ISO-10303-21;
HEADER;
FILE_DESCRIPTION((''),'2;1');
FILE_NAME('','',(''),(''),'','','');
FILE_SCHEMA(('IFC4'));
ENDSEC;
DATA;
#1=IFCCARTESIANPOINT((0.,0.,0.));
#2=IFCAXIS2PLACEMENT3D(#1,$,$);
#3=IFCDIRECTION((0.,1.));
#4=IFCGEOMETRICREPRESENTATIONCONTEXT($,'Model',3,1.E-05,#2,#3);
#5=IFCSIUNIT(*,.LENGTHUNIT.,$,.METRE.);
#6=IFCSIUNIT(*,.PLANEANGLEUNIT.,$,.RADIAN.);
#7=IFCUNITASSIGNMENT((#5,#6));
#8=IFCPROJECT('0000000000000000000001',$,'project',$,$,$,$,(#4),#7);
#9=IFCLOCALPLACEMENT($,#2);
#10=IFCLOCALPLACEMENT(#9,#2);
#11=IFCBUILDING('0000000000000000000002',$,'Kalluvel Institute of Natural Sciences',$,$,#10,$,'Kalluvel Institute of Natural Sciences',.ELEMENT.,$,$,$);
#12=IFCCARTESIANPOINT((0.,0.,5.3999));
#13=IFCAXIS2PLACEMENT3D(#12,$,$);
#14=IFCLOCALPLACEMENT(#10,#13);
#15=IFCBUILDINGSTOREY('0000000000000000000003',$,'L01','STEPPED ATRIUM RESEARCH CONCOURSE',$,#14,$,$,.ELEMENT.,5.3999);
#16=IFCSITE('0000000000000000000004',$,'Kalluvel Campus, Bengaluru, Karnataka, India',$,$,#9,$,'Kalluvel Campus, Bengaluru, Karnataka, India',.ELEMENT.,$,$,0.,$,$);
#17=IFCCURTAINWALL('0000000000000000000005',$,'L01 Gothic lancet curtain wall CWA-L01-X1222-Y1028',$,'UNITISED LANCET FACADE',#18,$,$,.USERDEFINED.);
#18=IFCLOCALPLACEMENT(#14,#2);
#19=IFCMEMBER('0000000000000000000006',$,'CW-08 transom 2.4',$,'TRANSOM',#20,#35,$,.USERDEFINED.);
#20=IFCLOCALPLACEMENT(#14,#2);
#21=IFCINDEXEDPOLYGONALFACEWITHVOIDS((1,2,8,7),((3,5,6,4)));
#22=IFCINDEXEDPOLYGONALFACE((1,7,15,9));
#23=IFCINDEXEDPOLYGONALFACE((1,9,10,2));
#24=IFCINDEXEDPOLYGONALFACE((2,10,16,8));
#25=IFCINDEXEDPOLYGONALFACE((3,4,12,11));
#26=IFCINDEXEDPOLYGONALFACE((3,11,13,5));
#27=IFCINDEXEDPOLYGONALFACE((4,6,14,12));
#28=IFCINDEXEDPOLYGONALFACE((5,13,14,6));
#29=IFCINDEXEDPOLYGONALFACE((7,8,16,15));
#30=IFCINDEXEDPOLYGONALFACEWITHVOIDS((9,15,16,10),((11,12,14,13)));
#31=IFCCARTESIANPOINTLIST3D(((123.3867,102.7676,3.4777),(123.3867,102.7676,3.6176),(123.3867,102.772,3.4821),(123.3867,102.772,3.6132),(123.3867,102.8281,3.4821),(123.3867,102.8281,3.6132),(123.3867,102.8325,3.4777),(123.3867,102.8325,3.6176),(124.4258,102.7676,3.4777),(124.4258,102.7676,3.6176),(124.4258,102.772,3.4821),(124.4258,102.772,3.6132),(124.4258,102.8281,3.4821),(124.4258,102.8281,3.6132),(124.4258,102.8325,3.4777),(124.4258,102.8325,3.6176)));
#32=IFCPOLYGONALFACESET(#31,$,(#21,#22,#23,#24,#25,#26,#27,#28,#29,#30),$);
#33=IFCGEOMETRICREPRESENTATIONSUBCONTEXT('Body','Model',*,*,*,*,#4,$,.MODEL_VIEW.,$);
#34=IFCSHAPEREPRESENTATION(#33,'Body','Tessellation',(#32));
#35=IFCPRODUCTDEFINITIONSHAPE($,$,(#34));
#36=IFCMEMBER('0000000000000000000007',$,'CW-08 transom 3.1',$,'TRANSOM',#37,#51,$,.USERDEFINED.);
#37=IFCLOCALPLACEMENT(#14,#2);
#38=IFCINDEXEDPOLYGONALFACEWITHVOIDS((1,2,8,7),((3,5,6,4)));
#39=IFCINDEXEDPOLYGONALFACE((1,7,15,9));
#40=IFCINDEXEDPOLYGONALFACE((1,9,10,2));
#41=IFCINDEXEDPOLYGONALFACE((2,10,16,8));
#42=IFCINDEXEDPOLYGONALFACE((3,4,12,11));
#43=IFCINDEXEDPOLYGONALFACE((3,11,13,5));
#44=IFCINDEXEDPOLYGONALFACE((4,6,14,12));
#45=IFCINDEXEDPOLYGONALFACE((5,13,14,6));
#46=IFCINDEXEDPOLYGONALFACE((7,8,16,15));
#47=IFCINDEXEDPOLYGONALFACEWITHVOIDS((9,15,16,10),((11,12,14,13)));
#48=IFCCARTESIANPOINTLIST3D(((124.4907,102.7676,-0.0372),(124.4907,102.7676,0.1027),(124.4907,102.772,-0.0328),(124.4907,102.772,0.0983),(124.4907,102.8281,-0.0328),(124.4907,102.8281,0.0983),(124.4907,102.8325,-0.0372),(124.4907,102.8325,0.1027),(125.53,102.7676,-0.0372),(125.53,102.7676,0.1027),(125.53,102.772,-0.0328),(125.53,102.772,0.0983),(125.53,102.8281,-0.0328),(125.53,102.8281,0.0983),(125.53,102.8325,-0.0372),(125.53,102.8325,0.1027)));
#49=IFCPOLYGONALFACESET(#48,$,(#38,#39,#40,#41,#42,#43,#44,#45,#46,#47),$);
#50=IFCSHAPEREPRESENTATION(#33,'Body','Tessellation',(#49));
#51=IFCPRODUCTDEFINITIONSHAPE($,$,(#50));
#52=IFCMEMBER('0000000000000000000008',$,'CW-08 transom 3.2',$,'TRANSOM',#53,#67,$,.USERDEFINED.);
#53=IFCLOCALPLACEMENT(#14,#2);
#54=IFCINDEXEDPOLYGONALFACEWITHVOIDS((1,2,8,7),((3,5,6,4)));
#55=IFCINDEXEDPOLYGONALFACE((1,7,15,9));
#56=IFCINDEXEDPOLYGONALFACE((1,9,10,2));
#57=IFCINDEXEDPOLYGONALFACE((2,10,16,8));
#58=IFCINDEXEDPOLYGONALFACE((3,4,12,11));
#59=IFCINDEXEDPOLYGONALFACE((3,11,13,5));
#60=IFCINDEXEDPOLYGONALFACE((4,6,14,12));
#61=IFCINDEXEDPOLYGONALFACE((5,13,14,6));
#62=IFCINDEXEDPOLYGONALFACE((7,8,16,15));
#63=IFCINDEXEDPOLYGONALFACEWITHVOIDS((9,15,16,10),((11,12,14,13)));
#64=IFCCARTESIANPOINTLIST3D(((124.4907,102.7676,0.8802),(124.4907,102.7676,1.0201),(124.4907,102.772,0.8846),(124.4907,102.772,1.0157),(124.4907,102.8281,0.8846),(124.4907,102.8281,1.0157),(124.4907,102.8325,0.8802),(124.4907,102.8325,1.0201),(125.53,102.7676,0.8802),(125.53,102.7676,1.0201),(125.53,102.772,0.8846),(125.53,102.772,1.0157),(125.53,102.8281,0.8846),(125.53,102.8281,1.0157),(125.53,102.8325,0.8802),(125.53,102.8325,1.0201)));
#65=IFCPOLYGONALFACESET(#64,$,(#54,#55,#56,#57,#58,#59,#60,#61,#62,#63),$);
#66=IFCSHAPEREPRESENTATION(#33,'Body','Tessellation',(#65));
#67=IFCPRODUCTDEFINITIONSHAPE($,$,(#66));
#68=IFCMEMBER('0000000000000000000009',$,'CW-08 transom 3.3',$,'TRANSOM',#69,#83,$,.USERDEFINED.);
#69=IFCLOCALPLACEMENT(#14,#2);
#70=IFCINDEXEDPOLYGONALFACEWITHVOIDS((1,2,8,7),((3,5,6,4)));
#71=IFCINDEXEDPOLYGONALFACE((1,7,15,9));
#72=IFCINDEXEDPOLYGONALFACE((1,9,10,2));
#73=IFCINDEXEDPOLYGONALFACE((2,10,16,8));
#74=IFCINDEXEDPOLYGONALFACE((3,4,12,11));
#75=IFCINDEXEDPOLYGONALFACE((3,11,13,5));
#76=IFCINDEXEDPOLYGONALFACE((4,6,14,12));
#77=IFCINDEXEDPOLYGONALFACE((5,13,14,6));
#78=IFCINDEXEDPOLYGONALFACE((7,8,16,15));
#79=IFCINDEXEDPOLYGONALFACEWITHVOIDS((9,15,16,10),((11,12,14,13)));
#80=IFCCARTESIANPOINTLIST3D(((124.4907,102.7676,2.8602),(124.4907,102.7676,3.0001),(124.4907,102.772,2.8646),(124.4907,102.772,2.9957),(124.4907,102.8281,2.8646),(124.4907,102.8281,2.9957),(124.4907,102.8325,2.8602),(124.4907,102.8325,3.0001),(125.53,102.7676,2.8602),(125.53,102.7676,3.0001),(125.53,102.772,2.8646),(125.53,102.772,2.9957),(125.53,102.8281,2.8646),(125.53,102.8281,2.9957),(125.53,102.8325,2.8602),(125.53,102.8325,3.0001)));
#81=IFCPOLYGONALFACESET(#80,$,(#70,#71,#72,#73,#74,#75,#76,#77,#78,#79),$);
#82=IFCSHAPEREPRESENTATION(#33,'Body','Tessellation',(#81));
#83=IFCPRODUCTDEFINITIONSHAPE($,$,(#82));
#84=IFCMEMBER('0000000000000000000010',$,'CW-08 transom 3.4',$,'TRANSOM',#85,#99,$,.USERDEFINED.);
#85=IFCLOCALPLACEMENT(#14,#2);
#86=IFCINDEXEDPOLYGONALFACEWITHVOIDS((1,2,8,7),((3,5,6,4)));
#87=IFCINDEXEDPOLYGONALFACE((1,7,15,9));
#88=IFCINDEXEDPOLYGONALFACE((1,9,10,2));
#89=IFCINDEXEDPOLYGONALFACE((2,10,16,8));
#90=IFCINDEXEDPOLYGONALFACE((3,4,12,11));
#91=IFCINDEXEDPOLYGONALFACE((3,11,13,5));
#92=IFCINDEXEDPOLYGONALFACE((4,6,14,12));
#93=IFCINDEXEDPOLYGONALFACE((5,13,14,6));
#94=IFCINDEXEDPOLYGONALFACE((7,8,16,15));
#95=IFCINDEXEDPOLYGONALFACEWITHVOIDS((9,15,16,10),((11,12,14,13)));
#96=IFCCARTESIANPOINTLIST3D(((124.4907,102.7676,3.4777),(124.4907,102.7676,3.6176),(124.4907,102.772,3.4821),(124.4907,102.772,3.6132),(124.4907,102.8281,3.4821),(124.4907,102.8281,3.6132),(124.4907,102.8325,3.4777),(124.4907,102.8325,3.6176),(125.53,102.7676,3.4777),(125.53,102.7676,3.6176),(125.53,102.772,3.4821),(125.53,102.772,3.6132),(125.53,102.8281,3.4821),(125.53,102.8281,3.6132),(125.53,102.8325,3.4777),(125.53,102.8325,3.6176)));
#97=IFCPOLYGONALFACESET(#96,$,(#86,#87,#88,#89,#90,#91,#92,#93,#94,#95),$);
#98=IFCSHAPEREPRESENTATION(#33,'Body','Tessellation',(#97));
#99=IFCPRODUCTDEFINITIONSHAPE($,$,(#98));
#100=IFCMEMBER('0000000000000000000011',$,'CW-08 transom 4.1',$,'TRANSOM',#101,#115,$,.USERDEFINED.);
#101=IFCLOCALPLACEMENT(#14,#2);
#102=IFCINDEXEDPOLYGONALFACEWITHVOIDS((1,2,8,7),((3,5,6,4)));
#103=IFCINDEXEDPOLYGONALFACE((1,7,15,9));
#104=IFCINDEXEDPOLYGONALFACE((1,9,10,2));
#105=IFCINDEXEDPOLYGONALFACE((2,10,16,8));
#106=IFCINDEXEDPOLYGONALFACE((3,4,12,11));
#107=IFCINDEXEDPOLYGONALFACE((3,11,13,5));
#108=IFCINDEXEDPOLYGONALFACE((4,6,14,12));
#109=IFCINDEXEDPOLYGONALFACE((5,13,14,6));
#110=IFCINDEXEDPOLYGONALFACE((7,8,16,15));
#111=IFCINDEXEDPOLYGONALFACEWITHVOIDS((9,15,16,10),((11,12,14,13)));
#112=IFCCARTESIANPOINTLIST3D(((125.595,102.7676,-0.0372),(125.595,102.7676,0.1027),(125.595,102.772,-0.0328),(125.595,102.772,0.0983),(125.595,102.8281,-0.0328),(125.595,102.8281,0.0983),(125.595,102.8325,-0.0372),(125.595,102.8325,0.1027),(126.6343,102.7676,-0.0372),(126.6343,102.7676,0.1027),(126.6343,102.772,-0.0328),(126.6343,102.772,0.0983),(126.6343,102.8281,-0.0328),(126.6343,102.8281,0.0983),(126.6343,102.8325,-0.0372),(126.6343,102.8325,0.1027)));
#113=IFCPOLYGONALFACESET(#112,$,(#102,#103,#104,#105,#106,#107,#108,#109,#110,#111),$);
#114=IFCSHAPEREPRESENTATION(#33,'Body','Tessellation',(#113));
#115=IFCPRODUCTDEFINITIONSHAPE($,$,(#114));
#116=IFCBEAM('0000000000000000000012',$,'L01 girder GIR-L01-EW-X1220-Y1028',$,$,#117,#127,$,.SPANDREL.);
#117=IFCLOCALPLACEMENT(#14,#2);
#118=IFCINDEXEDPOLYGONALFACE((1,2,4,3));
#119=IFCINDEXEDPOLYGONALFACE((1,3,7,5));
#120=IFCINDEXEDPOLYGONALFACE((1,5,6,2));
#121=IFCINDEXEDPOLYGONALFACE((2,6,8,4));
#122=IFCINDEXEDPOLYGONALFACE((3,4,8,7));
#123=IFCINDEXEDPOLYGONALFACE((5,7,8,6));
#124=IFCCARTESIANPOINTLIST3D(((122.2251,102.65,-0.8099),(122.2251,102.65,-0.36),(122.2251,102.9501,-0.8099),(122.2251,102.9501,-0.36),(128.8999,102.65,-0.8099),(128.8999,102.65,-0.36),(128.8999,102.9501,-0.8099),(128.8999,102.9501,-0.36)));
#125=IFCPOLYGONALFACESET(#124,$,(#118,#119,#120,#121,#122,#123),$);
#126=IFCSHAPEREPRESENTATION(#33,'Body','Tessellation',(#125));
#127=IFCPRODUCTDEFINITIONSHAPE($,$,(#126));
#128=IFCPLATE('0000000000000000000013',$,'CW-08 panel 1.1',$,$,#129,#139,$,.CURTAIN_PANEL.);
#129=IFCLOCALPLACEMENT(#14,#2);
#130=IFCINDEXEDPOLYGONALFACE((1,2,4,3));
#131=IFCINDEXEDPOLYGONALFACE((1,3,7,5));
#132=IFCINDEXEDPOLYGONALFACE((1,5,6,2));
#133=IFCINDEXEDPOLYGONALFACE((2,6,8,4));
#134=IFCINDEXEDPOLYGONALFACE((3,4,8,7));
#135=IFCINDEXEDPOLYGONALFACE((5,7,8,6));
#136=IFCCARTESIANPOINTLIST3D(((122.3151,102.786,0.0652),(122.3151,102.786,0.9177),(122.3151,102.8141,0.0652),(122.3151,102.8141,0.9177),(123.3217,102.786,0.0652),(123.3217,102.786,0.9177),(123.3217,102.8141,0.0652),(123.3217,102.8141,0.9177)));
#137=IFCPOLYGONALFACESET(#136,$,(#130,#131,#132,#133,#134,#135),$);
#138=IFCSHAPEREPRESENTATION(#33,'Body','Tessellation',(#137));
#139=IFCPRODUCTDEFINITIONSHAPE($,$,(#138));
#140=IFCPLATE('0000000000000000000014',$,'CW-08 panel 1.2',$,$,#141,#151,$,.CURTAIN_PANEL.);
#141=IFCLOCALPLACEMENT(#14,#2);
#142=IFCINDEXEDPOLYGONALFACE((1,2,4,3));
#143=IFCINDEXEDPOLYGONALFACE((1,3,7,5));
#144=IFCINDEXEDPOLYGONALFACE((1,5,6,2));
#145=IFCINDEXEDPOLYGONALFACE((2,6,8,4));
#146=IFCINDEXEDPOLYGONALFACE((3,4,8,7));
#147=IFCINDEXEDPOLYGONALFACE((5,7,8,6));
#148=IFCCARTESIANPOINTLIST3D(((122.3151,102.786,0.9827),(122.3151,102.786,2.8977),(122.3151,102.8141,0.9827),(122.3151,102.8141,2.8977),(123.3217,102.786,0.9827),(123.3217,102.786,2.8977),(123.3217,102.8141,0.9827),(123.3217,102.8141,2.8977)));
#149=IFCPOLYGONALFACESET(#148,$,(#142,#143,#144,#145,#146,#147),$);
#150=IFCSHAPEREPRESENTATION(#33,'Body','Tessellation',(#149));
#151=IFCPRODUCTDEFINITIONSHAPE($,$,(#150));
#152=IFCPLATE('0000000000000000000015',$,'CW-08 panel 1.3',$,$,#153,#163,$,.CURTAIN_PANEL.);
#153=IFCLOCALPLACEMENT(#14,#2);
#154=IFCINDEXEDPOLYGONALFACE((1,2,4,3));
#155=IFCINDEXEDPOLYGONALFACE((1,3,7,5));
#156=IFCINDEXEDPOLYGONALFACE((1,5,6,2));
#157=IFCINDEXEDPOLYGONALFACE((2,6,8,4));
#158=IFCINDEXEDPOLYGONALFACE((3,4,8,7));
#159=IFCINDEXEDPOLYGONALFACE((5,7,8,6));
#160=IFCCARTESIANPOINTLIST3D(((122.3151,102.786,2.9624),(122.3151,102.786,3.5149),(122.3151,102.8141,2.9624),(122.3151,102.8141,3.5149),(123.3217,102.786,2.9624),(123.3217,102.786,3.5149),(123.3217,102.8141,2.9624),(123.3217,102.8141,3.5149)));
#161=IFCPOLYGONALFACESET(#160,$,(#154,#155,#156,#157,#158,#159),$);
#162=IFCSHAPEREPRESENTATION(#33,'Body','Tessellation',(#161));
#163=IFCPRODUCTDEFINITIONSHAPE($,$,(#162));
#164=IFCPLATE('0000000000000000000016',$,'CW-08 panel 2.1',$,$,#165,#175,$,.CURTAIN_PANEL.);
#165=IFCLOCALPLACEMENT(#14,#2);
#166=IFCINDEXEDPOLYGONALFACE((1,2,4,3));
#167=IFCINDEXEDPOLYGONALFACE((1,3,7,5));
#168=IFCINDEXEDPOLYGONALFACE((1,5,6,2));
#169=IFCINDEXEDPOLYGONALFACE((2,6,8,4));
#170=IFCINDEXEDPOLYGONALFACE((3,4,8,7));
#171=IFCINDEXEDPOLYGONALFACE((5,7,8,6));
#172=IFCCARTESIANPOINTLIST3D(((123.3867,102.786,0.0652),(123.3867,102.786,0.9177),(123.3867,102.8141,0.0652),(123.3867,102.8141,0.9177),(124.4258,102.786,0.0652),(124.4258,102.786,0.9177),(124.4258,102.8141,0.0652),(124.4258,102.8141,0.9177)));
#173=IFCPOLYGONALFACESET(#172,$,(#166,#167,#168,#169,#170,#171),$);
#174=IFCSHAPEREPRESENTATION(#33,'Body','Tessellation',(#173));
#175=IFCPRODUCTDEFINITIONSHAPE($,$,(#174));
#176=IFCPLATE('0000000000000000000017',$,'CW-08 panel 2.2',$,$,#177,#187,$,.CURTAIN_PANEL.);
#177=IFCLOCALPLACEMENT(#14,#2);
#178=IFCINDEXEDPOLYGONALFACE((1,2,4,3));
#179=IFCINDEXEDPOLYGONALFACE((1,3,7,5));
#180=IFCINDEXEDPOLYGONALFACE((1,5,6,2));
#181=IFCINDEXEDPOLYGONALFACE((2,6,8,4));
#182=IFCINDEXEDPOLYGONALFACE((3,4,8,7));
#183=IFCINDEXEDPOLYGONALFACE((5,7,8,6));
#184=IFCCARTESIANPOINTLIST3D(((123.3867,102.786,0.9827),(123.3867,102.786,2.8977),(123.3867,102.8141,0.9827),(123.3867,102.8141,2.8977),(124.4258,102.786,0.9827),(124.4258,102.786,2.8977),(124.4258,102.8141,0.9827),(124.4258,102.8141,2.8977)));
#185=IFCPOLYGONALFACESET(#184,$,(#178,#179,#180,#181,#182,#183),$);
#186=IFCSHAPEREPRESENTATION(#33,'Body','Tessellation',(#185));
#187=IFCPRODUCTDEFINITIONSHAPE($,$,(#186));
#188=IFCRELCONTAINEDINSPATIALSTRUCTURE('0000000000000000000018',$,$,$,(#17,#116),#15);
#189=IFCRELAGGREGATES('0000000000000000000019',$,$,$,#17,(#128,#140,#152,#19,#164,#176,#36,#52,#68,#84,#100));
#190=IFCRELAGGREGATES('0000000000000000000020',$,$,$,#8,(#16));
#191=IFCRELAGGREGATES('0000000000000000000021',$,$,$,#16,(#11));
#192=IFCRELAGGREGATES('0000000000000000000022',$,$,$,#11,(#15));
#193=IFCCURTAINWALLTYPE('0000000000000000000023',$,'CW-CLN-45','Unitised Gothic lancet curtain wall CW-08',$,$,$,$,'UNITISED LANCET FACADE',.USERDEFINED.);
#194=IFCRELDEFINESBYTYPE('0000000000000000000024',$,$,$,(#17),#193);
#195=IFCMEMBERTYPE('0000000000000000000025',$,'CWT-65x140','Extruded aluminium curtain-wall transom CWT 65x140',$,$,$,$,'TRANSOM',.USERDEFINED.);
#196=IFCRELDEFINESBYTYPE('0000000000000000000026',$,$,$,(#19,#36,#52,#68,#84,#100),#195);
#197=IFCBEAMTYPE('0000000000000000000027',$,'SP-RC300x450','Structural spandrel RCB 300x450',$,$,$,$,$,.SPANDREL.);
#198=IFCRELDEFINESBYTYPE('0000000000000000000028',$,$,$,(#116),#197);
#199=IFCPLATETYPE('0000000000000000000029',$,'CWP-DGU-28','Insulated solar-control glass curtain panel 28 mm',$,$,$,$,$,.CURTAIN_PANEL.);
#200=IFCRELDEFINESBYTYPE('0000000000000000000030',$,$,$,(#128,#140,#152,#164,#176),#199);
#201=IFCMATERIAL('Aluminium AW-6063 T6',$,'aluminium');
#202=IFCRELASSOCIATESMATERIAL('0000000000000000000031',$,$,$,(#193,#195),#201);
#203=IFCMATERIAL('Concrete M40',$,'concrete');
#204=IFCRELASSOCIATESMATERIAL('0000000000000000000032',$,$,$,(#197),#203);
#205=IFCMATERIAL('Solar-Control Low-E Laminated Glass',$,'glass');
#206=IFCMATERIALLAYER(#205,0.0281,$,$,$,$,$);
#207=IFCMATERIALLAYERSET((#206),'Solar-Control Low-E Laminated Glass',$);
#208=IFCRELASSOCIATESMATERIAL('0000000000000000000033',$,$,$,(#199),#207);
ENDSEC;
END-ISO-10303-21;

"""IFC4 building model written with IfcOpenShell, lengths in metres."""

from ifc_helpers import new_model, si_unit, direction, frame, origin, origin_2d, place, context, subcontext, project, spatial, rectangle, hollow_rectangle, extrude, material, layer, layer_set, material_profile, profile_set, type_object, element, aggregate, save


model = new_model("IFC4")

# Units and contexts
model_context = context("Model", 3, precision=1e-05, world=origin(), true_north=direction((0.0, 1.0)))
body_context = subcontext(model_context, "Body", "Model", "MODEL_VIEW")
ifc_project = project(units=[si_unit("LENGTHUNIT", "METRE"), si_unit("PLANEANGLEUNIT", "RADIAN")], contexts=[model_context])

# Site, building, storey
site_placement = place(None, origin())
site = spatial("IfcSite", under=ifc_project, at=site_placement, Name="Kalluvel Campus, Bengaluru, Karnataka, India", LongName="Kalluvel Campus, Bengaluru, Karnataka, India", CompositionType="ELEMENT", RefElevation=0.0)
building_placement = place(site_placement, origin())
building = spatial("IfcBuilding", under=site, at=building_placement, Name="Kalluvel Institute of Natural Sciences", LongName="Kalluvel Institute of Natural Sciences", CompositionType="ELEMENT")
storey_placement = place(building_placement, frame((0.0, 0.0, 5.3999)))
storey = spatial("IfcBuildingStorey", under=building, at=storey_placement, Name="L01", Description="STEPPED ATRIUM RESEARCH CONCOURSE", CompositionType="ELEMENT", Elevation=5.3999)

# Curtain wall, members
ifc_material_1 = material(Name="Aluminium AW-6063 T6", Category="aluminium")
curtain_wall_type = type_object("IfcCurtainWallType", Name="CW-CLN-45", Description="Unitised Gothic lancet curtain wall CW-08", ElementType="UNITISED LANCET FACADE", PredefinedType="USERDEFINED", material=ifc_material_1)
curtain_wall_placement = place(storey_placement, origin())
curtain_wall = element("IfcCurtainWall", 1, at=curtain_wall_placement, inside=storey, type_object=curtain_wall_type, Name="L01 Gothic lancet curtain wall CWA-L01-X1222-Y1028", ObjectType="UNITISED LANCET FACADE", PredefinedType="USERDEFINED")
ifc_material_profile_1 = material_profile(ifc_material_1, hollow_rectangle(XDim=0.0649, YDim=0.1399, WallThickness=0.0044, at=origin_2d()), Name="CWT 65x140")
ifc_profile_set_1 = profile_set([ifc_material_profile_1], Name="Aluminium AW-6063 T6")
member_type_1 = type_object("IfcMemberType", Name="CWT-65x140", Description="Extruded aluminium curtain-wall transom CWT 65x140", ElementType="TRANSOM", PredefinedType="USERDEFINED", material=ifc_profile_set_1)
member_1_placement = place(storey_placement, frame((123.3867, 102.8, 3.5476), z_axis=(1.0, 0.0, 0.0), x_axis=(0.0, 1.0, 0.0)))
member_1 = element("IfcMember", 2, at=member_1_placement, type_object=member_type_1, Name="CW-08 transom 2.4", ObjectType="TRANSOM", PredefinedType="USERDEFINED", context=body_context, shape_type="SweptSolid", body=[
    extrude(hollow_rectangle(XDim=0.0649, YDim=0.1399, WallThickness=0.0044, at=origin_2d()), origin(), (0.0, 0.0, 1.0), 1.0391),
])
member_2_placement = place(storey_placement, frame((124.4907, 102.8, 0.0327), z_axis=(1.0, 0.0, 0.0), x_axis=(0.0, 1.0, 0.0)))
member_2 = element("IfcMember", 3, at=member_2_placement, type_object=member_type_1, Name="CW-08 transom 3.1", ObjectType="TRANSOM", PredefinedType="USERDEFINED", context=body_context, shape_type="SweptSolid", body=[
    extrude(hollow_rectangle(XDim=0.0649, YDim=0.1399, WallThickness=0.0044, at=origin_2d()), origin(), (0.0, 0.0, 1.0), 1.0393),
])
member_3_placement = place(storey_placement, frame((124.4907, 102.8, 0.9502), z_axis=(1.0, 0.0, 0.0), x_axis=(0.0, 1.0, 0.0)))
member_3 = element("IfcMember", 4, at=member_3_placement, type_object=member_type_1, Name="CW-08 transom 3.2", ObjectType="TRANSOM", PredefinedType="USERDEFINED", context=body_context, shape_type="SweptSolid", body=[
    extrude(hollow_rectangle(XDim=0.0649, YDim=0.1399, WallThickness=0.0044, at=origin_2d()), origin(), (0.0, 0.0, 1.0), 1.0393),
])
member_4_placement = place(storey_placement, frame((124.4907, 102.8, 2.9302), z_axis=(1.0, 0.0, 0.0), x_axis=(0.0, 1.0, 0.0)))
member_4 = element("IfcMember", 5, at=member_4_placement, type_object=member_type_1, Name="CW-08 transom 3.3", ObjectType="TRANSOM", PredefinedType="USERDEFINED", context=body_context, shape_type="SweptSolid", body=[
    extrude(hollow_rectangle(XDim=0.0649, YDim=0.1399, WallThickness=0.0044, at=origin_2d()), origin(), (0.0, 0.0, 1.0), 1.0393),
])
member_5_placement = place(storey_placement, frame((124.4907, 102.8, 3.5476), z_axis=(1.0, 0.0, 0.0), x_axis=(0.0, 1.0, 0.0)))
member_5 = element("IfcMember", 6, at=member_5_placement, type_object=member_type_1, Name="CW-08 transom 3.4", ObjectType="TRANSOM", PredefinedType="USERDEFINED", context=body_context, shape_type="SweptSolid", body=[
    extrude(hollow_rectangle(XDim=0.0649, YDim=0.1399, WallThickness=0.0044, at=origin_2d()), origin(), (0.0, 0.0, 1.0), 1.0393),
])
member_6_placement = place(storey_placement, frame((125.595, 102.8, 0.0327), z_axis=(1.0, 0.0, 0.0), x_axis=(0.0, 1.0, 0.0)))
member_6 = element("IfcMember", 7, at=member_6_placement, type_object=member_type_1, Name="CW-08 transom 4.1", ObjectType="TRANSOM", PredefinedType="USERDEFINED", context=body_context, shape_type="SweptSolid", body=[
    extrude(hollow_rectangle(XDim=0.0649, YDim=0.1399, WallThickness=0.0044, at=origin_2d()), origin(), (0.0, 0.0, 1.0), 1.0393),
])

# Beam
ifc_material_2 = material(Name="Concrete M40", Category="concrete")
ifc_material_profile_2 = material_profile(ifc_material_2, rectangle(XDim=0.3, YDim=0.45, at=origin_2d()), Name="RCB 300x450")
ifc_profile_set_2 = profile_set([ifc_material_profile_2], Name="Concrete M40")
beam_type = type_object("IfcBeamType", Name="SP-RC300x450", Description="Structural spandrel RCB 300x450", PredefinedType="SPANDREL", material=ifc_profile_set_2)
beam_placement = place(storey_placement, frame((122.2251, 102.8, -0.585), z_axis=(1.0, 0.0, 0.0), x_axis=(0.0, 1.0, 0.0)))
element("IfcBeam", 8, at=beam_placement, inside=storey, type_object=beam_type, Name="L01 girder GIR-L01-EW-X1220-Y1028", PredefinedType="SPANDREL", context=body_context, shape_type="SweptSolid", body=[
    extrude(rectangle(XDim=0.3, YDim=0.45, at=origin_2d()), origin(), (0.0, 0.0, 1.0), 6.6748),
])

# Plates
ifc_material_3 = material(Name="Solar-Control Low-E Laminated Glass", Category="glass")
ifc_layer = layer(ifc_material_3, 0.0281)
ifc_layer_set = layer_set([ifc_layer], Name="Solar-Control Low-E Laminated Glass")
plate_type = type_object("IfcPlateType", Name="CWP-DGU-28", Description="Insulated solar-control glass curtain panel 28 mm", PredefinedType="CURTAIN_PANEL", material=ifc_layer_set)
plate_1_placement = place(storey_placement, frame((122.8184, 102.8, 0.0652), z_axis=(0.0, 0.0, 1.0), x_axis=(1.0, 0.0, 0.0)))
plate_1 = element("IfcPlate", 9, at=plate_1_placement, type_object=plate_type, Name="CW-08 panel 1.1", PredefinedType="CURTAIN_PANEL", context=body_context, shape_type="SweptSolid", body=[
    extrude(rectangle(XDim=1.0066, YDim=0.0281, at=origin_2d()), origin(), (0.0, 0.0, 1.0), 0.8525),
])
plate_2_placement = place(storey_placement, frame((122.8184, 102.8, 0.9827), z_axis=(0.0, 0.0, 1.0), x_axis=(1.0, 0.0, 0.0)))
plate_2 = element("IfcPlate", 10, at=plate_2_placement, type_object=plate_type, Name="CW-08 panel 1.2", PredefinedType="CURTAIN_PANEL", context=body_context, shape_type="SweptSolid", body=[
    extrude(rectangle(XDim=1.0066, YDim=0.0281, at=origin_2d()), origin(), (0.0, 0.0, 1.0), 1.915),
])
plate_3_placement = place(storey_placement, frame((122.8184, 102.8, 2.9624), z_axis=(0.0, 0.0, 1.0), x_axis=(1.0, 0.0, 0.0)))
plate_3 = element("IfcPlate", 11, at=plate_3_placement, type_object=plate_type, Name="CW-08 panel 1.3", PredefinedType="CURTAIN_PANEL", context=body_context, shape_type="SweptSolid", body=[
    extrude(rectangle(XDim=1.0066, YDim=0.0281, at=origin_2d()), origin(), (0.0, 0.0, 1.0), 0.5525),
])
plate_4_placement = place(storey_placement, frame((123.9062, 102.8, 0.0652), z_axis=(0.0, 0.0, 1.0), x_axis=(1.0, 0.0, 0.0)))
plate_4 = element("IfcPlate", 12, at=plate_4_placement, type_object=plate_type, Name="CW-08 panel 2.1", PredefinedType="CURTAIN_PANEL", context=body_context, shape_type="SweptSolid", body=[
    extrude(rectangle(XDim=1.0391, YDim=0.0281, at=origin_2d()), origin(), (0.0, 0.0, 1.0), 0.8525),
])
plate_5_placement = place(storey_placement, frame((123.9062, 102.8, 0.9827), z_axis=(0.0, 0.0, 1.0), x_axis=(1.0, 0.0, 0.0)))
plate_5 = element("IfcPlate", 13, at=plate_5_placement, type_object=plate_type, Name="CW-08 panel 2.2", PredefinedType="CURTAIN_PANEL", context=body_context, shape_type="SweptSolid", body=[
    extrude(rectangle(XDim=1.0391, YDim=0.0281, at=origin_2d()), origin(), (0.0, 0.0, 1.0), 1.915),
])
aggregate(curtain_wall, [plate_1, plate_2, plate_3, member_1, plate_4, plate_5, member_2, member_3, member_4, member_5, member_6])

save(model, "model.ifc")
